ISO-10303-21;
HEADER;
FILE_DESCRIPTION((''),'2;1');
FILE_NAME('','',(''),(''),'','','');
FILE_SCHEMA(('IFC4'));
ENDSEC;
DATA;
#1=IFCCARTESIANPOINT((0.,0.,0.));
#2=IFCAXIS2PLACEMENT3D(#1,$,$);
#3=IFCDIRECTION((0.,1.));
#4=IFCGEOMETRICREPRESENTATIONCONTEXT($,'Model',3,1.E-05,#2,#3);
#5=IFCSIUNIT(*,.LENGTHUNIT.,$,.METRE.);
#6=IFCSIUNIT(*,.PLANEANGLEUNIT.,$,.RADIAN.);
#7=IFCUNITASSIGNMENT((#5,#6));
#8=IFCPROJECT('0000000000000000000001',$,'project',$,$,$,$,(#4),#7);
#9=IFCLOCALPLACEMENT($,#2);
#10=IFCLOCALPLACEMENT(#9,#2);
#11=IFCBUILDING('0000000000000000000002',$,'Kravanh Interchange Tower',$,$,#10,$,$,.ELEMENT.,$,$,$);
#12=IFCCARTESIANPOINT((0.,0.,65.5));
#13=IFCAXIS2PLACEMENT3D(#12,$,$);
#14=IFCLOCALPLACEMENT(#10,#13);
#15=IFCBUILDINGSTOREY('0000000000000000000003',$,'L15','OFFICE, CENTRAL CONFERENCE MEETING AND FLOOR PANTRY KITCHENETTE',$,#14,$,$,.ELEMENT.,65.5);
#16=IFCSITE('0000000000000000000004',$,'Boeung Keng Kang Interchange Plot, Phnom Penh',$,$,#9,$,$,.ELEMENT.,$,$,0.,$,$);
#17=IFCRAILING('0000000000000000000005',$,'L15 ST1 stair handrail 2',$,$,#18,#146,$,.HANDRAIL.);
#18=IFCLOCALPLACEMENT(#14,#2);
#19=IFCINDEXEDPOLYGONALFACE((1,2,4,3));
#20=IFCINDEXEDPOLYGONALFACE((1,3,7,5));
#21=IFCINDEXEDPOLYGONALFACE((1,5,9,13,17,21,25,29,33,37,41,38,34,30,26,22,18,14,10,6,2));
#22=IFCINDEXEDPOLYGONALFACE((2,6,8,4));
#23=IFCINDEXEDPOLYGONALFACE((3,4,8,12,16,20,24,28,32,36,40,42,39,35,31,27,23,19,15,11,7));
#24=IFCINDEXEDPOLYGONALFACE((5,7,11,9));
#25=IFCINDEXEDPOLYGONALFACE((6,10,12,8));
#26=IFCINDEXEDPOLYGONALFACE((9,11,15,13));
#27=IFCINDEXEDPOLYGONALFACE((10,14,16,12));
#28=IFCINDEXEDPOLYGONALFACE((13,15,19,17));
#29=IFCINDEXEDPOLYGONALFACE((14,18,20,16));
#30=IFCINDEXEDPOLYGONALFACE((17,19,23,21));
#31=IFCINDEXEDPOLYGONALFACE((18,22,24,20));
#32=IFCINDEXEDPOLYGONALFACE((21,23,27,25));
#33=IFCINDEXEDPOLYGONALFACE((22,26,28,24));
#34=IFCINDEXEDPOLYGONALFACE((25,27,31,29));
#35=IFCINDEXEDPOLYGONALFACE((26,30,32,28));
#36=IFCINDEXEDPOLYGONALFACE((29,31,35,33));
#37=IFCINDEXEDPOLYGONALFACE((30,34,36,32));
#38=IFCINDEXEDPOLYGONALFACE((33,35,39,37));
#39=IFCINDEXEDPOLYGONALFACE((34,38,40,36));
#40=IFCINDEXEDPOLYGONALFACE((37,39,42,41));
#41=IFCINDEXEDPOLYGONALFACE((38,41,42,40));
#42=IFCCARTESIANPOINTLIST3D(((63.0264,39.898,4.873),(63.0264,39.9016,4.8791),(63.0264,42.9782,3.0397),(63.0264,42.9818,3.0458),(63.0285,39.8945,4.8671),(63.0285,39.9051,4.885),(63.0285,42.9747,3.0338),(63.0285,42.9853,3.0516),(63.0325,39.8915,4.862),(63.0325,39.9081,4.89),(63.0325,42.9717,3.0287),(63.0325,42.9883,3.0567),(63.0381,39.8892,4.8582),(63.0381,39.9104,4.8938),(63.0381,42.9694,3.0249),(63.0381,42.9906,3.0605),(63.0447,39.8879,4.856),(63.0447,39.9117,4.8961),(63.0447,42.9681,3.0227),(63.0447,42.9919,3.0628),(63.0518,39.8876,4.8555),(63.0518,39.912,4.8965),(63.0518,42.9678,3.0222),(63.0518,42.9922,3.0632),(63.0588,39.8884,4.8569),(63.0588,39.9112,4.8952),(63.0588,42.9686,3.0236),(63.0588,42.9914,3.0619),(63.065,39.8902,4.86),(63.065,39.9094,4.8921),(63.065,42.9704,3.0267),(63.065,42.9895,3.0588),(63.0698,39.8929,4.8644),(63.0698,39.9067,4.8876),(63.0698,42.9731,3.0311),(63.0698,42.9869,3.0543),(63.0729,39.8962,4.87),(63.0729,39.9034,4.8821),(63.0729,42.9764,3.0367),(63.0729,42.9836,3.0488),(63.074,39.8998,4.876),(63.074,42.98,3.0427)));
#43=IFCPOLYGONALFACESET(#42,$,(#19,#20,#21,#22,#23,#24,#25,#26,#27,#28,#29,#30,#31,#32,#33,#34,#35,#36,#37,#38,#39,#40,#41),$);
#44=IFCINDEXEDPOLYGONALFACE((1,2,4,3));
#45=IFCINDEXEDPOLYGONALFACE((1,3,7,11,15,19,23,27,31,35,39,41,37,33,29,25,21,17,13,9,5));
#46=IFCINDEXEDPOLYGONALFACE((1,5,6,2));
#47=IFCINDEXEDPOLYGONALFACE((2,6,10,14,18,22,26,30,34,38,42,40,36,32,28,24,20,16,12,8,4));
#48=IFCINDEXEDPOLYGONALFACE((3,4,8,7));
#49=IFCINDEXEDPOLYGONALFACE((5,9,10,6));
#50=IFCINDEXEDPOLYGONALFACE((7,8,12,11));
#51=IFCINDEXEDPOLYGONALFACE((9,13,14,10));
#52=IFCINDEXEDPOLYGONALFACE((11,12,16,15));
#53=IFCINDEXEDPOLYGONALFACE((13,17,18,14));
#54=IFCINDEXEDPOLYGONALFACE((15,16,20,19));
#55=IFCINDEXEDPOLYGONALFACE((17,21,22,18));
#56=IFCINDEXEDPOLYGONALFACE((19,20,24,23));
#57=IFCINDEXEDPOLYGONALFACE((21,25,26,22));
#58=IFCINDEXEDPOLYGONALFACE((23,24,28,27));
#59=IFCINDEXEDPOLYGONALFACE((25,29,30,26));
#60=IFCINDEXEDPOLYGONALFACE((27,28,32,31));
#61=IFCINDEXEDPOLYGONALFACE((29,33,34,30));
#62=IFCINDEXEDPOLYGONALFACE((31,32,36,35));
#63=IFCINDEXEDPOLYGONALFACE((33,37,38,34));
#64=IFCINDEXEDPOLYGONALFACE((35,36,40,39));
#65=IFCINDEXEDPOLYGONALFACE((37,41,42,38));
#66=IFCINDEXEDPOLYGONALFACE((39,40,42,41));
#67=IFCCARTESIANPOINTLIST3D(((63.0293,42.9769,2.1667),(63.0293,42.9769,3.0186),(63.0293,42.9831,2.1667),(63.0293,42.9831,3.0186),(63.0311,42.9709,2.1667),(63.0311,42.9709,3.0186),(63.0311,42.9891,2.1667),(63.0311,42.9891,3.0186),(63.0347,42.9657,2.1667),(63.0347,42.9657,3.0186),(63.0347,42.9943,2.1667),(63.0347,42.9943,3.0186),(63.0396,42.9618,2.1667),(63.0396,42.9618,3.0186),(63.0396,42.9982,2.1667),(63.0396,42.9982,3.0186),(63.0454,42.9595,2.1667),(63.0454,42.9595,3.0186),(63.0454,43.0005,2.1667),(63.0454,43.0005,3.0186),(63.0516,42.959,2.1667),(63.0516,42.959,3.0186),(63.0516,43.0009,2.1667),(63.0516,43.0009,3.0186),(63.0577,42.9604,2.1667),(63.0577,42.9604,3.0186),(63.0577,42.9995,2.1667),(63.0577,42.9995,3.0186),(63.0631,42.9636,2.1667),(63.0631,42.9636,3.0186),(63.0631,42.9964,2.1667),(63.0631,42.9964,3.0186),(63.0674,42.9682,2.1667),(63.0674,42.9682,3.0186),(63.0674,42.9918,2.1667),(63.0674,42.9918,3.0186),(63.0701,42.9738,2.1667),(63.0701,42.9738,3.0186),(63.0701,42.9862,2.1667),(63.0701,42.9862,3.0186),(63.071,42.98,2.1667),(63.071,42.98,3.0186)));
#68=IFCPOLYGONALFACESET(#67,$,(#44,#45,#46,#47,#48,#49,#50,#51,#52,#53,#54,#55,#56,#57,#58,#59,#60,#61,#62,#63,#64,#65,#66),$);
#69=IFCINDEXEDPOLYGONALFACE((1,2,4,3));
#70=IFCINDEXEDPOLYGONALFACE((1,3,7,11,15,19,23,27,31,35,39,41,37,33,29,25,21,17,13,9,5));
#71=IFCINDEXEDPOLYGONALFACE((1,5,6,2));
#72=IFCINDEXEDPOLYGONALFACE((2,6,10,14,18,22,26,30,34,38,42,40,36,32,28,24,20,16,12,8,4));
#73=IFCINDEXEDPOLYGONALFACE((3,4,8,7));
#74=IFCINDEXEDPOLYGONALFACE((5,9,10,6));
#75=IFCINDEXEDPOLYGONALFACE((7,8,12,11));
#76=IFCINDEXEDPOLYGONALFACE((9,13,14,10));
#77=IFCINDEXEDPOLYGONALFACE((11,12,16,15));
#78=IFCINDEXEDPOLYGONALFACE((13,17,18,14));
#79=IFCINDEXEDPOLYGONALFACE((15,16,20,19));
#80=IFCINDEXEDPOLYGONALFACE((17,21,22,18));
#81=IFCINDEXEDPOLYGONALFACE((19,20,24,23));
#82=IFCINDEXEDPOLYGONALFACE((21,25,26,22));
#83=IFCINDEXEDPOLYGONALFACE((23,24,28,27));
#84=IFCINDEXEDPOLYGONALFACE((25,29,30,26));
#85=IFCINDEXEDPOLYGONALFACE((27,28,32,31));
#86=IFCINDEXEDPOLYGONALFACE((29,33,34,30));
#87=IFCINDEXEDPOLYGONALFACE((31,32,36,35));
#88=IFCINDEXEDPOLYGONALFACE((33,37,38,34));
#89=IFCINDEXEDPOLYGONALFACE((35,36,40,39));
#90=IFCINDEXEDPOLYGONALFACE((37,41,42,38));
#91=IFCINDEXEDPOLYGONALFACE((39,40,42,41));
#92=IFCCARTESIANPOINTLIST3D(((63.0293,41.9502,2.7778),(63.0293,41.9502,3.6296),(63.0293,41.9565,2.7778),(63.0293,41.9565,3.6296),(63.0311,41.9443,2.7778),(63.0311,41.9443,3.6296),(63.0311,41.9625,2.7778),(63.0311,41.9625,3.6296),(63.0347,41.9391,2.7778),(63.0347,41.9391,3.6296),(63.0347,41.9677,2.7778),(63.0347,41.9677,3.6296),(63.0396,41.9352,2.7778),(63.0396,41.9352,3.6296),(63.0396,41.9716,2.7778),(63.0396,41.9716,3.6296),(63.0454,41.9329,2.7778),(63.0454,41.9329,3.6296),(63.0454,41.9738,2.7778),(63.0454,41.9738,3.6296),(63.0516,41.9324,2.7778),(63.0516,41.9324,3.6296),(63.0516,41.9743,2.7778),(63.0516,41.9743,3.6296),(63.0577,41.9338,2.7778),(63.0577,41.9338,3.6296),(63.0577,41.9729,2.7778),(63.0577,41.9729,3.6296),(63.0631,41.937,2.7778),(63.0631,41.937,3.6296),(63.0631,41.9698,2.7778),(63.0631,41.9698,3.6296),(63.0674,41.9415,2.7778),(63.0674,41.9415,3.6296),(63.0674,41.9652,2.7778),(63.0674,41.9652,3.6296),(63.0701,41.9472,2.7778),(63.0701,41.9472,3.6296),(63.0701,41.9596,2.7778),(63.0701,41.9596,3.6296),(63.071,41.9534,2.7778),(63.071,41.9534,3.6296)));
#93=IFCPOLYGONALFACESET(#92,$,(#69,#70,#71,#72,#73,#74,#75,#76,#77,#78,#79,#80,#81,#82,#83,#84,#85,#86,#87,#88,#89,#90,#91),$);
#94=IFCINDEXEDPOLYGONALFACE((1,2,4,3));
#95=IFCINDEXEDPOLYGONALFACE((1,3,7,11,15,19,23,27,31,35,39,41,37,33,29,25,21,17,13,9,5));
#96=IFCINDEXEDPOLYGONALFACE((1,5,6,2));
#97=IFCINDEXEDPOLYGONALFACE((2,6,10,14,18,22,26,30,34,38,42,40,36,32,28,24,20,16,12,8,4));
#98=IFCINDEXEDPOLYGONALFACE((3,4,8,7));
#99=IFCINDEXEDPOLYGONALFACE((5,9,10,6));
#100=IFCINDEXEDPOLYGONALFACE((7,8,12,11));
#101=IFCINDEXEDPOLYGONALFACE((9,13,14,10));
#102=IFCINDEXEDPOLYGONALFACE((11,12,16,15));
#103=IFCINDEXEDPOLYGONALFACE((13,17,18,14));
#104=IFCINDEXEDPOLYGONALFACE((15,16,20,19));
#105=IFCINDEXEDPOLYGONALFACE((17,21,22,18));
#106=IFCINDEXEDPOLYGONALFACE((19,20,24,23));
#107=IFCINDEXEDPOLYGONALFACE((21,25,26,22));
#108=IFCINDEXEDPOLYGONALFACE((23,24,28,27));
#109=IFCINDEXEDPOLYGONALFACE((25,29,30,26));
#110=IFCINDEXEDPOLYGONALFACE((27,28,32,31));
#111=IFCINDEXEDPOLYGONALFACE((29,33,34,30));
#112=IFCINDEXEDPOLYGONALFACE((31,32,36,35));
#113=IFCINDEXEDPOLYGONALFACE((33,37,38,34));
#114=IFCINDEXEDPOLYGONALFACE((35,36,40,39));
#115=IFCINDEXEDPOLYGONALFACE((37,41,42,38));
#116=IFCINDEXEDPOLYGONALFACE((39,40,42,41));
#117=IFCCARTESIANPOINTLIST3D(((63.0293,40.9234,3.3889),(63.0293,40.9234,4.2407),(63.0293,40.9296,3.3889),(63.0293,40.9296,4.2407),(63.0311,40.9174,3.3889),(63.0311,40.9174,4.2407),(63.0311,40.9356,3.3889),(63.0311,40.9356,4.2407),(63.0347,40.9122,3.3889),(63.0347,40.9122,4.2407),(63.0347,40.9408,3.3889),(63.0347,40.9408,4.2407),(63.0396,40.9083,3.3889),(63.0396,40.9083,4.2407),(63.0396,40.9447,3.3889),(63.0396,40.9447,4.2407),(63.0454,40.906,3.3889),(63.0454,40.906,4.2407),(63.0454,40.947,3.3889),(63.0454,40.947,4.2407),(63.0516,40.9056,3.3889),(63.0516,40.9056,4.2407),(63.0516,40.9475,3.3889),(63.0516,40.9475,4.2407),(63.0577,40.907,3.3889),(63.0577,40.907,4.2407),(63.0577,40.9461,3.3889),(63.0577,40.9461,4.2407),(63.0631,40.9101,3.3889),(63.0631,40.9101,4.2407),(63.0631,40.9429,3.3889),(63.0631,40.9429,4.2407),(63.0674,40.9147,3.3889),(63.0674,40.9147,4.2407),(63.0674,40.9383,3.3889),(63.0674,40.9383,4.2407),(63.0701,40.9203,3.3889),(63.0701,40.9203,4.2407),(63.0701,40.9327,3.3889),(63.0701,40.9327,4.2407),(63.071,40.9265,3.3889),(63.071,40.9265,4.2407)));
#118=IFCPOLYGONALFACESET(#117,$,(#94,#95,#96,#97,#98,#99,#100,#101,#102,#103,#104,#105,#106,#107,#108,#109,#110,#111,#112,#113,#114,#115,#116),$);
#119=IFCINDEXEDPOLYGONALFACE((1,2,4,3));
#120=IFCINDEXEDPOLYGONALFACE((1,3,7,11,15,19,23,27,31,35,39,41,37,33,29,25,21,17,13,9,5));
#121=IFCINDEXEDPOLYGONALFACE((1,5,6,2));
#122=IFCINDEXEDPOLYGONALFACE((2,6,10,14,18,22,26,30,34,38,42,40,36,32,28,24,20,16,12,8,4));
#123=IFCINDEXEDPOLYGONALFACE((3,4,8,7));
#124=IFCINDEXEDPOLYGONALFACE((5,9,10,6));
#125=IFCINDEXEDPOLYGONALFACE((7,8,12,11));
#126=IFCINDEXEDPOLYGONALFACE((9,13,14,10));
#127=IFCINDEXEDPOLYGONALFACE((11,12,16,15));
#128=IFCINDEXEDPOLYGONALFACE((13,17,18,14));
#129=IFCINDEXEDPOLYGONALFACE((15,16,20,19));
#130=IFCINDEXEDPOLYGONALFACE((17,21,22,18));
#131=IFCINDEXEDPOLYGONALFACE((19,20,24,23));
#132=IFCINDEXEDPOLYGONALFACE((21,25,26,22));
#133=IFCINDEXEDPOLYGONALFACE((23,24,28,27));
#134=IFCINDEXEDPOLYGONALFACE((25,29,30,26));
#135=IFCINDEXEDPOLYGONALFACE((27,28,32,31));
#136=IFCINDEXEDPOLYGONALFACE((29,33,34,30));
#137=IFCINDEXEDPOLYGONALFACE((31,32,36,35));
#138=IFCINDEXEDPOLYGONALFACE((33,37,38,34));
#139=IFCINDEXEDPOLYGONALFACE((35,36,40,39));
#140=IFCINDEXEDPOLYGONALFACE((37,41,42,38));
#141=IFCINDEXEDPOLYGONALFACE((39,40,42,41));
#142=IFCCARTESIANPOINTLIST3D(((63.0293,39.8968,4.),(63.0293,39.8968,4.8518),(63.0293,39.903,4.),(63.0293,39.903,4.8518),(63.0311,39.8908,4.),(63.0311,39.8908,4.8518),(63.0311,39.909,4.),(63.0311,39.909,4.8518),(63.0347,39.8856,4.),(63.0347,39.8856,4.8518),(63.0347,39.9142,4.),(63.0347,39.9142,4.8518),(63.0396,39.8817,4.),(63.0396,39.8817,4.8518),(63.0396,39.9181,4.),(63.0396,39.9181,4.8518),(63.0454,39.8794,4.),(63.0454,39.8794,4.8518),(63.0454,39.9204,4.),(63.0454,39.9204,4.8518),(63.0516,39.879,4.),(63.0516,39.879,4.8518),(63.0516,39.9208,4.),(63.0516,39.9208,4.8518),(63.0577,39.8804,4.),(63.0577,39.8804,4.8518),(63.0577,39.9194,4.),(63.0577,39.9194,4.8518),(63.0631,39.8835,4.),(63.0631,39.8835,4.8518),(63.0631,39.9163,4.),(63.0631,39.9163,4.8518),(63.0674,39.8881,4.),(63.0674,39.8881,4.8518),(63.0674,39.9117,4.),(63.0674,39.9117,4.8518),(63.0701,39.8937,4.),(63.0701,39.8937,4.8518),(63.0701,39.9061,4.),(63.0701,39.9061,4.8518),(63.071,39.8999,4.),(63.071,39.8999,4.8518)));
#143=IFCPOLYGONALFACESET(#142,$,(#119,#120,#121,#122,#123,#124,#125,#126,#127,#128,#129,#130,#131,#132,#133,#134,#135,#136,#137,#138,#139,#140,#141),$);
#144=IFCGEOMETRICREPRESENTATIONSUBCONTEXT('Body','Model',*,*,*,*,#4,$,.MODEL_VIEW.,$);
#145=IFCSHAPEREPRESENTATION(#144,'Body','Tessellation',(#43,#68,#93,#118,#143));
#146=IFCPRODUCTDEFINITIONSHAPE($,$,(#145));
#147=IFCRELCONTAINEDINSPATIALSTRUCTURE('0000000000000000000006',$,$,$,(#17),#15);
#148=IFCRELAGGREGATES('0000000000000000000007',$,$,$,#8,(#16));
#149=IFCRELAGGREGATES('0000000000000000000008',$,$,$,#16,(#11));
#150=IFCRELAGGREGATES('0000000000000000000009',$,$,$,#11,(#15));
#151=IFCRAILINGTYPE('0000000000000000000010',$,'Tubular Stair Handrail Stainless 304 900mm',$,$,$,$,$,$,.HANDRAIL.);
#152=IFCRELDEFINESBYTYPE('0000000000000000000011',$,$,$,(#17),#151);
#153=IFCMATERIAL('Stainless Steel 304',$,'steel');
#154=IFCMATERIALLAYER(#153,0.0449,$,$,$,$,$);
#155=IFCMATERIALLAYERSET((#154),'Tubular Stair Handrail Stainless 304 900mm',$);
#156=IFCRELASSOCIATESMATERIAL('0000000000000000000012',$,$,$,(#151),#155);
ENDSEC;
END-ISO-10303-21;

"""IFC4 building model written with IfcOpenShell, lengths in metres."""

from ifc_helpers import new_model, si_unit, direction, frame, origin, origin_2d, place, context, subcontext, project, spatial, circle, extrude, material, layer, layer_set, type_object, element, save


model = new_model("IFC4")

# Units and contexts
model_context = context("Model", 3, precision=1e-05, world=origin(), true_north=direction((0.0, 1.0)))
body_context = subcontext(model_context, "Body", "Model", "MODEL_VIEW")
ifc_project = project(units=[si_unit("LENGTHUNIT", "METRE"), si_unit("PLANEANGLEUNIT", "RADIAN")], contexts=[model_context])

# Site, building, storey
site_placement = place(None, origin())
site = spatial("IfcSite", under=ifc_project, at=site_placement, Name="Boeung Keng Kang Interchange Plot, Phnom Penh", CompositionType="ELEMENT", RefElevation=0.0)
building_placement = place(site_placement, origin())
building = spatial("IfcBuilding", under=site, at=building_placement, Name="Kravanh Interchange Tower", CompositionType="ELEMENT")
storey_placement = place(building_placement, frame((0.0, 0.0, 65.5)))
storey = spatial("IfcBuildingStorey", under=building, at=storey_placement, Name="L15", Description="OFFICE, CENTRAL CONFERENCE MEETING AND FLOOR PANTRY KITCHENETTE", CompositionType="ELEMENT", Elevation=65.5)

# Railing
ifc_material_1 = material(Name="Stainless Steel 304", Category="steel")
ifc_layer_1 = layer(ifc_material_1, 0.0449)
ifc_layer_set_1 = layer_set([ifc_layer_1], Name="Tubular Stair Handrail Stainless 304 900mm")
railing_type_1 = type_object("IfcRailingType", Name="Tubular Stair Handrail Stainless 304 900mm", PredefinedType="HANDRAIL", material=ifc_layer_set_1)
railing_1_placement = place(storey_placement, frame((63.05, 42.98, 2.1667)))
element("IfcRailing", 1, at=railing_1_placement, inside=storey, type_object=railing_type_1, Name="L15 ST1 stair handrail 2", PredefinedType="HANDRAIL", context=body_context, shape_type="SweptSolid", body=[
    extrude(circle(Radius=0.0239, at=origin_2d()), frame((0.0, 0.0, 0.876), z_axis=(0.0, -0.859309, 0.511458), x_axis=(1.0, 0.0, 0.0)), (0.0, 0.0, 1.0), 3.5845),
    extrude(circle(Radius=0.021, at=origin_2d()), origin(), (0.0, 0.0, 1.0), 0.8518),
    extrude(circle(Radius=0.021, at=origin_2d()), frame((0.0, -1.0266, 0.6111)), (0.0, 0.0, 1.0), 0.8518),
    extrude(circle(Radius=0.021, at=origin_2d()), frame((0.0, -2.0535, 1.2222)), (0.0, 0.0, 1.0), 0.8518),
    extrude(circle(Radius=0.021, at=origin_2d()), frame((0.0, -3.0801, 1.8333)), (0.0, 0.0, 1.0), 0.8518),
])

save(model, "model.ifc")
